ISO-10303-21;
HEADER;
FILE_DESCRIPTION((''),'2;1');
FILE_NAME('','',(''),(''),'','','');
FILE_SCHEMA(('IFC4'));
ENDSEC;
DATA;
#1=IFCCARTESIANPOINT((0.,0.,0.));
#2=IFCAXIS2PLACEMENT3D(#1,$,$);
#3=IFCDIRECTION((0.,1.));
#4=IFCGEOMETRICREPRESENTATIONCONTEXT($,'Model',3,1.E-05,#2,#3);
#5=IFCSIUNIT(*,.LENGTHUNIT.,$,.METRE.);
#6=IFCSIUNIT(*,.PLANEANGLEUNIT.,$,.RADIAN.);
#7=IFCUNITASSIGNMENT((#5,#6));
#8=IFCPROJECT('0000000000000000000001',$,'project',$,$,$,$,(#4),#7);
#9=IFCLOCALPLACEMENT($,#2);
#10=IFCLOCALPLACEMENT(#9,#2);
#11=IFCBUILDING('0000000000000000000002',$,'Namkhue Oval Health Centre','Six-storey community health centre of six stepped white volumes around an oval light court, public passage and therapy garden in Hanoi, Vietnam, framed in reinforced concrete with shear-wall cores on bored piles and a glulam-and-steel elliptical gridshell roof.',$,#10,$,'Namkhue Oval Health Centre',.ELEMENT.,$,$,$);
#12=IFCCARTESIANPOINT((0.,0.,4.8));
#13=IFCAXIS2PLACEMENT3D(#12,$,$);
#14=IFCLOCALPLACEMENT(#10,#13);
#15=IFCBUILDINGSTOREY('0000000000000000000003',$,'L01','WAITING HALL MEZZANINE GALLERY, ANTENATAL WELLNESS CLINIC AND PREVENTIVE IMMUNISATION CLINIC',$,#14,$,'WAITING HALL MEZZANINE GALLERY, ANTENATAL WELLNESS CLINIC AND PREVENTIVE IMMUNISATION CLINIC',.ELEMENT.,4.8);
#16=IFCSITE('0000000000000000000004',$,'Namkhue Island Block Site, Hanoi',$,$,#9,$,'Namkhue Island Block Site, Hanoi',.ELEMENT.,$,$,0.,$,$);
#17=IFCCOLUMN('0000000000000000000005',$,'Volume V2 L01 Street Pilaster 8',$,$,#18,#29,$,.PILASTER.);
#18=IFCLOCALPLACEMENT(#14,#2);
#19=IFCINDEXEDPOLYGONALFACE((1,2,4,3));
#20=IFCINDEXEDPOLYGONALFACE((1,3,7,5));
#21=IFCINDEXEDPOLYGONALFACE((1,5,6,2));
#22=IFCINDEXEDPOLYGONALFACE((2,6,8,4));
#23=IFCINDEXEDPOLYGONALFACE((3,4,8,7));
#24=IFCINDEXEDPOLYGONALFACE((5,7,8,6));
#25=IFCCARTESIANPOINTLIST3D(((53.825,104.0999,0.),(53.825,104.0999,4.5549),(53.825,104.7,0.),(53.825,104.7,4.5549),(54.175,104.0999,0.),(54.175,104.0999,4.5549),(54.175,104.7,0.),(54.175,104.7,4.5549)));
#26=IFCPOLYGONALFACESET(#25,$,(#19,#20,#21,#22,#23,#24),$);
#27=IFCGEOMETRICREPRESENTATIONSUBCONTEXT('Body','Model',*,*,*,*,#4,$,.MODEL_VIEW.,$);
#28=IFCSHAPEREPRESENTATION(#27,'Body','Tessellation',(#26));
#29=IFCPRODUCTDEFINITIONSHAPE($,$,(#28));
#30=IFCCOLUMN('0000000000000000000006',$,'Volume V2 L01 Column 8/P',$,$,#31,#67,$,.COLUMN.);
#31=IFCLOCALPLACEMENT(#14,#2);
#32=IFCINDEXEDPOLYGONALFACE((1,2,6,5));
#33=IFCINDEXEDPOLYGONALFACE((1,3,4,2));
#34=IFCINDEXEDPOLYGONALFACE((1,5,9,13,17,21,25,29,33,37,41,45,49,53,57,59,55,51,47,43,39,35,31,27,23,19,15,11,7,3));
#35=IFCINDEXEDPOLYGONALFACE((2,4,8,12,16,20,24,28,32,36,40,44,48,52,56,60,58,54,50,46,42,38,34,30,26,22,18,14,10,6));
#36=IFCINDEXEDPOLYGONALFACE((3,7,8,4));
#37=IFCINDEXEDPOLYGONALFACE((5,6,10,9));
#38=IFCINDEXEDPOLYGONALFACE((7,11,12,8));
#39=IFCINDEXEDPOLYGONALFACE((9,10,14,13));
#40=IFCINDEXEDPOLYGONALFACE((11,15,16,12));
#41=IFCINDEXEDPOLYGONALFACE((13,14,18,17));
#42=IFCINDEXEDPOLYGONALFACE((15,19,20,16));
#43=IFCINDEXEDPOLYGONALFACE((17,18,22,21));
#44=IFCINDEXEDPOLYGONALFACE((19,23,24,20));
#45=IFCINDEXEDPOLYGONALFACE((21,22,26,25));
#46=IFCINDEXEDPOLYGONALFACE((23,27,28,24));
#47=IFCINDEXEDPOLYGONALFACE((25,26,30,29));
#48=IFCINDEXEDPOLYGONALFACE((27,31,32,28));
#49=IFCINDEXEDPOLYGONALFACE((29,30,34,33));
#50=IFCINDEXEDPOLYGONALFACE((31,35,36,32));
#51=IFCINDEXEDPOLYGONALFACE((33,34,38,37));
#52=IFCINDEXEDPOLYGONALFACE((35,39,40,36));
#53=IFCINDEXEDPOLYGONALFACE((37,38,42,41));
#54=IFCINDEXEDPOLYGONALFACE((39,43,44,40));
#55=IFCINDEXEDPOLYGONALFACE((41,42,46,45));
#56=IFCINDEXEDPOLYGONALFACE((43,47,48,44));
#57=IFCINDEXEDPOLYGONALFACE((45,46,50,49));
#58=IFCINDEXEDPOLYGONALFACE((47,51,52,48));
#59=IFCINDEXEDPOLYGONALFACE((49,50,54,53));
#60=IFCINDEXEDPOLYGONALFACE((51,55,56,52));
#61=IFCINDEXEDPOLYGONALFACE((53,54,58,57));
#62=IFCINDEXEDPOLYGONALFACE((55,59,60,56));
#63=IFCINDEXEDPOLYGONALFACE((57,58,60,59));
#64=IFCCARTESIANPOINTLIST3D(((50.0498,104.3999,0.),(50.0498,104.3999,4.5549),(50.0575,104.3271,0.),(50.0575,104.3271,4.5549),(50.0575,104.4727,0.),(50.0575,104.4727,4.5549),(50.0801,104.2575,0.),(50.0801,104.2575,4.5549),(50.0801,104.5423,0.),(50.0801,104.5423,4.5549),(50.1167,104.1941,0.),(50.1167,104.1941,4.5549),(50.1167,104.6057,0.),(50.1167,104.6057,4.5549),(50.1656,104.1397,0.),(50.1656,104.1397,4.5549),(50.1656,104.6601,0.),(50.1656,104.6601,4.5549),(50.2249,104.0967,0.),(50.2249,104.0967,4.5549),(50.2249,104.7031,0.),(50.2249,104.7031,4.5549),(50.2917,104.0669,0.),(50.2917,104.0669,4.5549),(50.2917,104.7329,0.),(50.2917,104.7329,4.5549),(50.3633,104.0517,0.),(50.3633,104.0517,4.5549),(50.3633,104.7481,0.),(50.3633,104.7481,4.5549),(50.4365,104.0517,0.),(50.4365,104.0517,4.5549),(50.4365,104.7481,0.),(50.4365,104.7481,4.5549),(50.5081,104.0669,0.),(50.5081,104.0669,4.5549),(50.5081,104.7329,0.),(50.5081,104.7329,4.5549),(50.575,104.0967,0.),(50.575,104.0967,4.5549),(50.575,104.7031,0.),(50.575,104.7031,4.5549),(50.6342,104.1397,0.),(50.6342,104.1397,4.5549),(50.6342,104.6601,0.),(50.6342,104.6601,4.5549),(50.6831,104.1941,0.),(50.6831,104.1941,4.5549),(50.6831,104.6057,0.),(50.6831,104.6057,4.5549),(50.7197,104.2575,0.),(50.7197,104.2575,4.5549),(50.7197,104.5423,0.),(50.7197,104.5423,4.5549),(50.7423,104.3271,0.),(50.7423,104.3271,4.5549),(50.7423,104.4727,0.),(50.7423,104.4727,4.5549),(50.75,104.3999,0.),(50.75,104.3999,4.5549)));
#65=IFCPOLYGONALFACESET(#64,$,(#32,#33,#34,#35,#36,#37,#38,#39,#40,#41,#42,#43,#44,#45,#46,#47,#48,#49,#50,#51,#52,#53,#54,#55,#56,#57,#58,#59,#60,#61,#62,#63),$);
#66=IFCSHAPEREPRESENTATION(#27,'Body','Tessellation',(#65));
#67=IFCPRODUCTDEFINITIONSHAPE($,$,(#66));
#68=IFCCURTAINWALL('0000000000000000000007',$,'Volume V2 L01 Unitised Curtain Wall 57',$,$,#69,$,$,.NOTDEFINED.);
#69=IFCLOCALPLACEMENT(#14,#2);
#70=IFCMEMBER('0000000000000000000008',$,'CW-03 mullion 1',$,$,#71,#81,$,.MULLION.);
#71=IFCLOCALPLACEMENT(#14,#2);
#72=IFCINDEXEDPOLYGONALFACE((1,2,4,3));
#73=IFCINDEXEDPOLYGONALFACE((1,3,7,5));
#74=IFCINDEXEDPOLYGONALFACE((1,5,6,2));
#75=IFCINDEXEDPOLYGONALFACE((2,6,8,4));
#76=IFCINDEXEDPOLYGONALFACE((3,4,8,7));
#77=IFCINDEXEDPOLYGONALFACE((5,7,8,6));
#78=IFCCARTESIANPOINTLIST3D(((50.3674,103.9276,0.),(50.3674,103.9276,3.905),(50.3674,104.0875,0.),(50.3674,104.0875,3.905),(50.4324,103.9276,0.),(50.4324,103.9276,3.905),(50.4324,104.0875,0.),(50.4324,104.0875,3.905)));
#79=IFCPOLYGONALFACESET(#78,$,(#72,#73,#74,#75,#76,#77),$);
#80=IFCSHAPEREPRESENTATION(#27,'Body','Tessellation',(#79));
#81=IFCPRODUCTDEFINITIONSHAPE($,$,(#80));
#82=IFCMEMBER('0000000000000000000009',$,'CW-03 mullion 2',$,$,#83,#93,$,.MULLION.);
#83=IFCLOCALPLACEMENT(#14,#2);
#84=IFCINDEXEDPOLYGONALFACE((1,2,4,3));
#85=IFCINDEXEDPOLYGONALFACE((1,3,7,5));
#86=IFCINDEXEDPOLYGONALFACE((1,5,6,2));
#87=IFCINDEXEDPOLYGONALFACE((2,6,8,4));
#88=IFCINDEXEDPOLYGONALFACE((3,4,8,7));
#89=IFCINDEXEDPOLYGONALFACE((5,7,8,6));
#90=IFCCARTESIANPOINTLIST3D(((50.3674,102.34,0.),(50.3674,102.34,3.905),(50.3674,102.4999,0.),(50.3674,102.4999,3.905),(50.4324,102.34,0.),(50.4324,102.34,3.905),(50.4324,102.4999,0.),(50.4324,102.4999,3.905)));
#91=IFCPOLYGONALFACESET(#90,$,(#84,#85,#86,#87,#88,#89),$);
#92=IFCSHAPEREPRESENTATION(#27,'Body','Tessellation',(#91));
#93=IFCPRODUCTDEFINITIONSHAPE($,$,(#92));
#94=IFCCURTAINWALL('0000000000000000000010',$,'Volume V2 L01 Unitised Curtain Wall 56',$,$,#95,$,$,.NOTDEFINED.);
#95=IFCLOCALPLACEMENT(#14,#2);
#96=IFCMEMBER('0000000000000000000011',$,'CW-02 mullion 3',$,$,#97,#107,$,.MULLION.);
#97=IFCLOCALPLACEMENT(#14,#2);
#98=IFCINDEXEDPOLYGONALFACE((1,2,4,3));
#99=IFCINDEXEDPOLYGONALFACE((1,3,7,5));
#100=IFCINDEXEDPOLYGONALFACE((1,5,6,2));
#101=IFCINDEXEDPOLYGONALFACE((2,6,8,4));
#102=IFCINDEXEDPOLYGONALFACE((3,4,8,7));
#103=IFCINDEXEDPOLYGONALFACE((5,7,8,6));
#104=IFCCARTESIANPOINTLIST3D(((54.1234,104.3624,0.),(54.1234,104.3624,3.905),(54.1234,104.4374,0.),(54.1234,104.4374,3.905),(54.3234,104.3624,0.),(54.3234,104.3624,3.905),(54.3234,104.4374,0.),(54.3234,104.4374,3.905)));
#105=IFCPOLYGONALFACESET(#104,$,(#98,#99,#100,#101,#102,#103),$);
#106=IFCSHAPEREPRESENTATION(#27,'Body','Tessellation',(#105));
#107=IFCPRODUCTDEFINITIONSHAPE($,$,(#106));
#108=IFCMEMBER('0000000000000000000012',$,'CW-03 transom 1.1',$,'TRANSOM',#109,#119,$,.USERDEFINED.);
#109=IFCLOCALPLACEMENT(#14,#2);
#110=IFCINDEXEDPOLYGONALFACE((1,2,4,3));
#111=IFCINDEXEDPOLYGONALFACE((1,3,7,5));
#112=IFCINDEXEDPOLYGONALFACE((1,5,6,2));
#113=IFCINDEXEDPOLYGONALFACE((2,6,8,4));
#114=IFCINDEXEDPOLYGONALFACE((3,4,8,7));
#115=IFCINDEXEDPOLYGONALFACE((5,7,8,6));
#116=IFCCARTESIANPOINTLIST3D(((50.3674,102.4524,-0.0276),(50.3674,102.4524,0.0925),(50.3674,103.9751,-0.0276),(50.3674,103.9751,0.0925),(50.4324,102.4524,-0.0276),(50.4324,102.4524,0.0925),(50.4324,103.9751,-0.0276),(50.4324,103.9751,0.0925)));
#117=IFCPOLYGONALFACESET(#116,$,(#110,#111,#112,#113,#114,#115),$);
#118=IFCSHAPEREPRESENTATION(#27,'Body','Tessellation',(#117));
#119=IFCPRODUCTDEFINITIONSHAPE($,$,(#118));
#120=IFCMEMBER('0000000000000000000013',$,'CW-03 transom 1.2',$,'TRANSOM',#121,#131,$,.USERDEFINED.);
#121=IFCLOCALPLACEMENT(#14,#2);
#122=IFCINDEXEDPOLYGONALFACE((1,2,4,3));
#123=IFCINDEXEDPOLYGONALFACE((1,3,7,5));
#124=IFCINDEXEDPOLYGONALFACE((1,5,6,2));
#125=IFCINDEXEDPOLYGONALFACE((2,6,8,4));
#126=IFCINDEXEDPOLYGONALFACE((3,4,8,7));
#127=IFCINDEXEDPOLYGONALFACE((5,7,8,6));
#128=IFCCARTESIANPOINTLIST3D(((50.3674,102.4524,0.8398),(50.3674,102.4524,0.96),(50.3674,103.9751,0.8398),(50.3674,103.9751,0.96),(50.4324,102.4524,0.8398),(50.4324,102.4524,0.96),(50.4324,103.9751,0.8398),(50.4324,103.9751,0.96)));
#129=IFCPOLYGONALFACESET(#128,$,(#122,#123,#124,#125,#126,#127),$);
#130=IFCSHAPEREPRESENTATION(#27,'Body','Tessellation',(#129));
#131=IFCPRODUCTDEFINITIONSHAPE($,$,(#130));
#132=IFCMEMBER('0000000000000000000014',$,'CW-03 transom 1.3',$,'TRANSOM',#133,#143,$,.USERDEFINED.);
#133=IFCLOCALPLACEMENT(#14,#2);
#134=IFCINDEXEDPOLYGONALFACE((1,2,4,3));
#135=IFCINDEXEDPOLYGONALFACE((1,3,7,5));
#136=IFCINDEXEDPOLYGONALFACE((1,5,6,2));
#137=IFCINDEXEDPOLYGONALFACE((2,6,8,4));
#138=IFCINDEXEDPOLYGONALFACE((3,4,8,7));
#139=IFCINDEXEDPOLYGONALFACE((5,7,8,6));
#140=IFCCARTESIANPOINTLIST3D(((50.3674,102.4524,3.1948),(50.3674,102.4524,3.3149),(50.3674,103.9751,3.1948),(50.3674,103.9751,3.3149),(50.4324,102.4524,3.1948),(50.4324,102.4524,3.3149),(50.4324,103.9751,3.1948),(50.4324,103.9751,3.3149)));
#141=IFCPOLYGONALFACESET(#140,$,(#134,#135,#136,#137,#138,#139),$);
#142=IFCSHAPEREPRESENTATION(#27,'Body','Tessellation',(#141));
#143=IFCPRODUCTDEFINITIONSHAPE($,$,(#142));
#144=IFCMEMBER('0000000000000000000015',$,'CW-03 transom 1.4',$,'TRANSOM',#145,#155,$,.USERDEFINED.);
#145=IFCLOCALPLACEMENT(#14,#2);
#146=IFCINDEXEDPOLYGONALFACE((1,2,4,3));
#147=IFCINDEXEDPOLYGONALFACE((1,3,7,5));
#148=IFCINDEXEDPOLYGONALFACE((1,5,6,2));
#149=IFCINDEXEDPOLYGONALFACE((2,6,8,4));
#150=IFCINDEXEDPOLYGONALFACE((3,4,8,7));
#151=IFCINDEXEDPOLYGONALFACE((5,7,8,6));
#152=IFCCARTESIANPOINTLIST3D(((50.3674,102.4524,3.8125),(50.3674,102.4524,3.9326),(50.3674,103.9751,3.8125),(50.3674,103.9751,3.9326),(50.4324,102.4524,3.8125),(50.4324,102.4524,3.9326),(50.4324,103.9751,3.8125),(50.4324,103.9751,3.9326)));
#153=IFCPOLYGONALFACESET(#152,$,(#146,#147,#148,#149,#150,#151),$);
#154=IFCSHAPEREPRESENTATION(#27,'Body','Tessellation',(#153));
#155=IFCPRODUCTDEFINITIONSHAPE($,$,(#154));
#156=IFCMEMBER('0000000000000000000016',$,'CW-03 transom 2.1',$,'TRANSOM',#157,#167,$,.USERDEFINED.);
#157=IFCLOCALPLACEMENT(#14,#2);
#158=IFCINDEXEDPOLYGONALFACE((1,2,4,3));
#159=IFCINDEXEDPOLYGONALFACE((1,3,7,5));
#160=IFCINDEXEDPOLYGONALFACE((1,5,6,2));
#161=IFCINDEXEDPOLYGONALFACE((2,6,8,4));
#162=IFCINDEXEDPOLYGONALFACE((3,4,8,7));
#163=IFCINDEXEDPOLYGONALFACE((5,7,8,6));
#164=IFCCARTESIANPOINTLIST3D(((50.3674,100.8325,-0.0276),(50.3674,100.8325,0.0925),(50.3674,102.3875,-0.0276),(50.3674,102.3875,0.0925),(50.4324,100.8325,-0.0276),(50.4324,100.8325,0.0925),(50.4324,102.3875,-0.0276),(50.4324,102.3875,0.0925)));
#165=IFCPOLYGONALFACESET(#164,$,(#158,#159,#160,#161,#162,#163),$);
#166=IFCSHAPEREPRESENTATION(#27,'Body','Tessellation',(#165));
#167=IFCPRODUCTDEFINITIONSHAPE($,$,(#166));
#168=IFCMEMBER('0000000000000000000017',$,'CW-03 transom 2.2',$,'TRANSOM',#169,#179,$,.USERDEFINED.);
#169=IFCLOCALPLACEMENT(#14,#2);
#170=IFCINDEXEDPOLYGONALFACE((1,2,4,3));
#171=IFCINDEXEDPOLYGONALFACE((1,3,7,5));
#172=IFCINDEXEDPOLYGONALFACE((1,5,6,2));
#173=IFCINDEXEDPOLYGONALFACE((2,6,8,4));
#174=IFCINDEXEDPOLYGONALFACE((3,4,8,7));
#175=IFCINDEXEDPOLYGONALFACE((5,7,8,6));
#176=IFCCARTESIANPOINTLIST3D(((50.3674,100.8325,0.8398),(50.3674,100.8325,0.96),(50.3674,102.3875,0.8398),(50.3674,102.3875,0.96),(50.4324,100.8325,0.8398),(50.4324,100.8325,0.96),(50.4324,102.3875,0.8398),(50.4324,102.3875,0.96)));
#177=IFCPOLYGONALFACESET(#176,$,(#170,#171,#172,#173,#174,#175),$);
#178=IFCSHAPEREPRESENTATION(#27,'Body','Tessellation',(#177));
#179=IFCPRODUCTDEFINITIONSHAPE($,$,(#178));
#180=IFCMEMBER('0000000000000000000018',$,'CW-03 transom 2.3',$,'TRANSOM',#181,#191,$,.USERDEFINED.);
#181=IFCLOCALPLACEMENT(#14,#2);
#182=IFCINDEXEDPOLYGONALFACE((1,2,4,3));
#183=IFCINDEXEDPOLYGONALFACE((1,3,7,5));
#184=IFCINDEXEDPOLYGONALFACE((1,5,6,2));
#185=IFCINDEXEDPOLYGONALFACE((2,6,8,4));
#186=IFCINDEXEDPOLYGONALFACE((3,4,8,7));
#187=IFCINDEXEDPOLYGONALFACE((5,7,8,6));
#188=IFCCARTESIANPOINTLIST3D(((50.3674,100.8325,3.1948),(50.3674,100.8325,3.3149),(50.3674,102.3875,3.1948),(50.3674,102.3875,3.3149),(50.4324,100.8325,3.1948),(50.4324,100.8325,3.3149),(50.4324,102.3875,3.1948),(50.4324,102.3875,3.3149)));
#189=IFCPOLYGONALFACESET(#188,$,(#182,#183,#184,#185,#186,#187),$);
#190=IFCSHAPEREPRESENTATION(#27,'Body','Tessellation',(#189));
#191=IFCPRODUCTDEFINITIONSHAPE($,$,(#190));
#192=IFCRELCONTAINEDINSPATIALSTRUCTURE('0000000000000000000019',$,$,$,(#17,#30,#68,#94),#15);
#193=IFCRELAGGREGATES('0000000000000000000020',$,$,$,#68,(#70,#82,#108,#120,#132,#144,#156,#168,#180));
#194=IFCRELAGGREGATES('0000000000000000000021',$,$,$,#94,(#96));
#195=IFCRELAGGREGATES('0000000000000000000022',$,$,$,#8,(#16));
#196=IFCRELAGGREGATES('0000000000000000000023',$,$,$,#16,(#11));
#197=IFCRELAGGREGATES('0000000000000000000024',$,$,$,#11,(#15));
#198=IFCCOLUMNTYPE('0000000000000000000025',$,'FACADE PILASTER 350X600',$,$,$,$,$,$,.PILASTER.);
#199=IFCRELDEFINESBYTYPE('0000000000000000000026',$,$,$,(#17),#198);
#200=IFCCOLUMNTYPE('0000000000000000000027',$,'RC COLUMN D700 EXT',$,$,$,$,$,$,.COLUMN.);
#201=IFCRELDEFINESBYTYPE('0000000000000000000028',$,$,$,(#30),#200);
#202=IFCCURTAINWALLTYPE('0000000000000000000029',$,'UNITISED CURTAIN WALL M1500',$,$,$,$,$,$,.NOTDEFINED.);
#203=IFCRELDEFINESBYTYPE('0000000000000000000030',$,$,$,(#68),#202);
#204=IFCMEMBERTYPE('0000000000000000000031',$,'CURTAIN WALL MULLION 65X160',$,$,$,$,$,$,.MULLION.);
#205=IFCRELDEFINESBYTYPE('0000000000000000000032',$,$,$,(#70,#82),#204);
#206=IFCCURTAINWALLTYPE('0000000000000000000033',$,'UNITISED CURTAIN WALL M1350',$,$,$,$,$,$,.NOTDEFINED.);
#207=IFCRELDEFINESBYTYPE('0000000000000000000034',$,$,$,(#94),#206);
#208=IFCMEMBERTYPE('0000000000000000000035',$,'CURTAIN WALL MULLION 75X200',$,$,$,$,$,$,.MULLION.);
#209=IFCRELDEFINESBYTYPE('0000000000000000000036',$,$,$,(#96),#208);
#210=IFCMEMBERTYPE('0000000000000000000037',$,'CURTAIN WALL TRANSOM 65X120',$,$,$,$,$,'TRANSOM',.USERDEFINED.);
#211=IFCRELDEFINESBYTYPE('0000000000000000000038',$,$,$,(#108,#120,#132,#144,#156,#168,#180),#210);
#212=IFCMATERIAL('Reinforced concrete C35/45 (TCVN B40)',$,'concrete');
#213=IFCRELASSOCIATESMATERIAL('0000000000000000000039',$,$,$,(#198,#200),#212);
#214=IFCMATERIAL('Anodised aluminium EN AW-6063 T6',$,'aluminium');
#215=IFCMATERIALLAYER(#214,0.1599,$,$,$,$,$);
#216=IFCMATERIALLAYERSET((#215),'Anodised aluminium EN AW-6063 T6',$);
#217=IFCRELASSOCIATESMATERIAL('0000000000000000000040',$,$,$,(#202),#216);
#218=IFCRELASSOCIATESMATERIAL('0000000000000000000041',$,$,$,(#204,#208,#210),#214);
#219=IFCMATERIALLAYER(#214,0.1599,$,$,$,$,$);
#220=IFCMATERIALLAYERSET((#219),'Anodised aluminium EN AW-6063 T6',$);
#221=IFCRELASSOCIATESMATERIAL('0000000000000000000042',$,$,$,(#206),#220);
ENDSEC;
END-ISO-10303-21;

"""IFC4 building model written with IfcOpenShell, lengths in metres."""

from ifc_helpers import new_model, si_unit, direction, frame, origin, origin_2d, place, context, subcontext, project, spatial, rectangle, circle, extrude, material, layer, layer_set, material_profile, profile_set, type_object, element, aggregate, save


model = new_model("IFC4")

# Units and contexts
model_context = context("Model", 3, precision=1e-05, world=origin(), true_north=direction((0.0, 1.0)))
body_context = subcontext(model_context, "Body", "Model", "MODEL_VIEW")
ifc_project = project(units=[si_unit("LENGTHUNIT", "METRE"), si_unit("PLANEANGLEUNIT", "RADIAN")], contexts=[model_context])

# Site, building, storey
site_placement = place(None, origin())
site = spatial("IfcSite", under=ifc_project, at=site_placement, Name="Namkhue Island Block Site, Hanoi", LongName="Namkhue Island Block Site, Hanoi", CompositionType="ELEMENT", RefElevation=0.0)
building_placement = place(site_placement, origin())
building = spatial("IfcBuilding", under=site, at=building_placement, Name="Namkhue Oval Health Centre", Description="Six-storey community health centre of six stepped white volumes around an oval light court, public passage and therapy garden in Hanoi, Vietnam, framed in reinforced concrete with shear-wall cores on bored piles and a glulam-and-steel elliptical gridshell roof.", LongName="Namkhue Oval Health Centre", CompositionType="ELEMENT")
storey_placement = place(building_placement, frame((0.0, 0.0, 4.8)))
storey = spatial("IfcBuildingStorey", under=building, at=storey_placement, Name="L01", Description="WAITING HALL MEZZANINE GALLERY, ANTENATAL WELLNESS CLINIC AND PREVENTIVE IMMUNISATION CLINIC", LongName="WAITING HALL MEZZANINE GALLERY, ANTENATAL WELLNESS CLINIC AND PREVENTIVE IMMUNISATION CLINIC", CompositionType="ELEMENT", Elevation=4.8)

# Columns
ifc_material_1 = material(Name="Reinforced concrete C35/45 (TCVN B40)", Category="concrete")
ifc_material_profile_1 = material_profile(ifc_material_1, rectangle(XDim=0.3501, YDim=0.6001, at=origin_2d()), Name="RC 350x600")
ifc_profile_set_1 = profile_set([ifc_material_profile_1], Name="Reinforced concrete C35/45 (TCVN B40)")
column_type_1 = type_object("IfcColumnType", Name="FACADE PILASTER 350X600", PredefinedType="PILASTER", material=ifc_profile_set_1)
column_1_placement = place(storey_placement, frame((54.0, 104.3999, 0.0), z_axis=(0.0, 0.0, 1.0), x_axis=(1.0, 0.0, 0.0)))
element("IfcColumn", 1, at=column_1_placement, inside=storey, type_object=column_type_1, Name="Volume V2 L01 Street Pilaster 8", PredefinedType="PILASTER", context=body_context, shape_type="SweptSolid", body=[
    extrude(rectangle(XDim=0.3501, YDim=0.6001, at=origin_2d()), origin(), (0.0, 0.0, 1.0), 4.5549),
])
ifc_material_profile_2 = material_profile(ifc_material_1, circle(Radius=0.3501, at=origin_2d()), Name="RC D700")
ifc_profile_set_2 = profile_set([ifc_material_profile_2], Name="Reinforced concrete C35/45 (TCVN B40)")
column_type_2 = type_object("IfcColumnType", Name="RC COLUMN D700 EXT", PredefinedType="COLUMN", material=ifc_profile_set_2)
column_2_placement = place(storey_placement, frame((50.3999, 104.3999, 0.0), z_axis=(0.0, 0.0, 1.0), x_axis=(1.0, 0.0, 0.0)))
element("IfcColumn", 2, at=column_2_placement, inside=storey, type_object=column_type_2, Name="Volume V2 L01 Column 8/P", PredefinedType="COLUMN", context=body_context, shape_type="SweptSolid", body=[
    extrude(circle(Radius=0.3501, at=origin_2d()), origin(), (0.0, 0.0, 1.0), 4.5549),
])

# Curtain wall, members
ifc_material_2 = material(Name="Anodised aluminium EN AW-6063 T6", Category="aluminium")
ifc_layer_1 = layer(ifc_material_2, 0.1599)
ifc_layer_set_1 = layer_set([ifc_layer_1], Name="Anodised aluminium EN AW-6063 T6")
curtain_wall_type_1 = type_object("IfcCurtainWallType", Name="UNITISED CURTAIN WALL M1500", PredefinedType="NOTDEFINED", material=ifc_layer_set_1)
curtain_wall_1_placement = place(storey_placement, origin())
curtain_wall_1 = element("IfcCurtainWall", 3, at=curtain_wall_1_placement, inside=storey, type_object=curtain_wall_type_1, Name="Volume V2 L01 Unitised Curtain Wall 57", PredefinedType="NOTDEFINED")
ifc_material_profile_3 = material_profile(ifc_material_2, rectangle(XDim=0.0649, YDim=0.1599, at=origin_2d()), Name="ALU 65x160")
ifc_profile_set_3 = profile_set([ifc_material_profile_3], Name="Anodised aluminium EN AW-6063 T6")
member_type_1 = type_object("IfcMemberType", Name="CURTAIN WALL MULLION 65X160", PredefinedType="MULLION", material=ifc_profile_set_3)
member_1_placement = place(storey_placement, frame((50.3999, 104.0076, 0.0), z_axis=(0.0, 0.0, 1.0), x_axis=(1.0, 0.0, 0.0)))
member_1 = element("IfcMember", 4, at=member_1_placement, type_object=member_type_1, Name="CW-03 mullion 1", PredefinedType="MULLION", context=body_context, shape_type="SweptSolid", body=[
    extrude(rectangle(XDim=0.0649, YDim=0.1599, at=origin_2d()), origin(), (0.0, 0.0, 1.0), 3.905),
])
member_2_placement = place(storey_placement, frame((50.3999, 102.4199, 0.0), z_axis=(0.0, 0.0, 1.0), x_axis=(1.0, 0.0, 0.0)))
member_2 = element("IfcMember", 5, at=member_2_placement, type_object=member_type_1, Name="CW-03 mullion 2", PredefinedType="MULLION", context=body_context, shape_type="SweptSolid", body=[
    extrude(rectangle(XDim=0.0649, YDim=0.1599, at=origin_2d()), origin(), (0.0, 0.0, 1.0), 3.905),
])

# Curtain wall, member
ifc_layer_2 = layer(ifc_material_2, 0.1599)
ifc_layer_set_2 = layer_set([ifc_layer_2], Name="Anodised aluminium EN AW-6063 T6")
curtain_wall_type_2 = type_object("IfcCurtainWallType", Name="UNITISED CURTAIN WALL M1350", PredefinedType="NOTDEFINED", material=ifc_layer_set_2)
curtain_wall_2_placement = place(storey_placement, origin())
curtain_wall_2 = element("IfcCurtainWall", 6, at=curtain_wall_2_placement, inside=storey, type_object=curtain_wall_type_2, Name="Volume V2 L01 Unitised Curtain Wall 56", PredefinedType="NOTDEFINED")
ifc_material_profile_4 = material_profile(ifc_material_2, rectangle(XDim=0.075, YDim=0.2, at=origin_2d()), Name="ALU 75x200")
ifc_profile_set_4 = profile_set([ifc_material_profile_4], Name="Anodised aluminium EN AW-6063 T6")
member_type_2 = type_object("IfcMemberType", Name="CURTAIN WALL MULLION 75X200", PredefinedType="MULLION", material=ifc_profile_set_4)
member_3_placement = place(storey_placement, frame((54.2234, 104.3999, 0.0), z_axis=(0.0, 0.0, 1.0), x_axis=(0.0, -1.0, 0.0)))
member_3 = element("IfcMember", 7, at=member_3_placement, type_object=member_type_2, Name="CW-02 mullion 3", PredefinedType="MULLION", context=body_context, shape_type="SweptSolid", body=[
    extrude(rectangle(XDim=0.075, YDim=0.2, at=origin_2d()), origin(), (0.0, 0.0, 1.0), 3.905),
])

# Members
ifc_material_profile_5 = material_profile(ifc_material_2, rectangle(XDim=0.0649, YDim=0.1201, at=origin_2d()), Name="ALU 65x120")
ifc_profile_set_5 = profile_set([ifc_material_profile_5], Name="Anodised aluminium EN AW-6063 T6")
member_type_3 = type_object("IfcMemberType", Name="CURTAIN WALL TRANSOM 65X120", ElementType="TRANSOM", PredefinedType="USERDEFINED", material=ifc_profile_set_5)
member_4_placement = place(storey_placement, frame((50.3999, 103.9751, 0.0325), z_axis=(0.0, -1.0, 0.0), x_axis=(1.0, 0.0, 0.0)))
member_4 = element("IfcMember", 8, at=member_4_placement, type_object=member_type_3, Name="CW-03 transom 1.1", ObjectType="TRANSOM", PredefinedType="USERDEFINED", context=body_context, shape_type="SweptSolid", body=[
    extrude(rectangle(XDim=0.0649, YDim=0.1201, at=origin_2d()), origin(), (0.0, 0.0, 1.0), 1.5227),
])
member_5_placement = place(storey_placement, frame((50.3999, 103.9751, 0.8999), z_axis=(0.0, -1.0, 0.0), x_axis=(1.0, 0.0, 0.0)))
member_5 = element("IfcMember", 9, at=member_5_placement, type_object=member_type_3, Name="CW-03 transom 1.2", ObjectType="TRANSOM", PredefinedType="USERDEFINED", context=body_context, shape_type="SweptSolid", body=[
    extrude(rectangle(XDim=0.0649, YDim=0.1201, at=origin_2d()), origin(), (0.0, 0.0, 1.0), 1.5227),
])
member_6_placement = place(storey_placement, frame((50.3999, 103.9751, 3.2549), z_axis=(0.0, -1.0, 0.0), x_axis=(1.0, 0.0, 0.0)))
member_6 = element("IfcMember", 10, at=member_6_placement, type_object=member_type_3, Name="CW-03 transom 1.3", ObjectType="TRANSOM", PredefinedType="USERDEFINED", context=body_context, shape_type="SweptSolid", body=[
    extrude(rectangle(XDim=0.0649, YDim=0.1201, at=origin_2d()), origin(), (0.0, 0.0, 1.0), 1.5227),
])
member_7_placement = place(storey_placement, frame((50.3999, 103.9751, 3.8726), z_axis=(0.0, -1.0, 0.0), x_axis=(1.0, 0.0, 0.0)))
member_7 = element("IfcMember", 11, at=member_7_placement, type_object=member_type_3, Name="CW-03 transom 1.4", ObjectType="TRANSOM", PredefinedType="USERDEFINED", context=body_context, shape_type="SweptSolid", body=[
    extrude(rectangle(XDim=0.0649, YDim=0.1201, at=origin_2d()), origin(), (0.0, 0.0, 1.0), 1.5227),
])
member_8_placement = place(storey_placement, frame((50.3999, 102.3875, 0.0325), z_axis=(0.0, -1.0, 0.0), x_axis=(1.0, 0.0, 0.0)))
member_8 = element("IfcMember", 12, at=member_8_placement, type_object=member_type_3, Name="CW-03 transom 2.1", ObjectType="TRANSOM", PredefinedType="USERDEFINED", context=body_context, shape_type="SweptSolid", body=[
    extrude(rectangle(XDim=0.0649, YDim=0.1201, at=origin_2d()), origin(), (0.0, 0.0, 1.0), 1.5549),
])
member_9_placement = place(storey_placement, frame((50.3999, 102.3875, 0.8999), z_axis=(0.0, -1.0, 0.0), x_axis=(1.0, 0.0, 0.0)))
member_9 = element("IfcMember", 13, at=member_9_placement, type_object=member_type_3, Name="CW-03 transom 2.2", ObjectType="TRANSOM", PredefinedType="USERDEFINED", context=body_context, shape_type="SweptSolid", body=[
    extrude(rectangle(XDim=0.0649, YDim=0.1201, at=origin_2d()), origin(), (0.0, 0.0, 1.0), 1.5549),
])
member_10_placement = place(storey_placement, frame((50.3999, 102.3875, 3.2549), z_axis=(0.0, -1.0, 0.0), x_axis=(1.0, 0.0, 0.0)))
member_10 = element("IfcMember", 14, at=member_10_placement, type_object=member_type_3, Name="CW-03 transom 2.3", ObjectType="TRANSOM", PredefinedType="USERDEFINED", context=body_context, shape_type="SweptSolid", body=[
    extrude(rectangle(XDim=0.0649, YDim=0.1201, at=origin_2d()), origin(), (0.0, 0.0, 1.0), 1.5549),
])

aggregate(curtain_wall_1, [member_1, member_2, member_4, member_5, member_6, member_7, member_8, member_9, member_10])
aggregate(curtain_wall_2, [member_3])

save(model, "model.ifc")
